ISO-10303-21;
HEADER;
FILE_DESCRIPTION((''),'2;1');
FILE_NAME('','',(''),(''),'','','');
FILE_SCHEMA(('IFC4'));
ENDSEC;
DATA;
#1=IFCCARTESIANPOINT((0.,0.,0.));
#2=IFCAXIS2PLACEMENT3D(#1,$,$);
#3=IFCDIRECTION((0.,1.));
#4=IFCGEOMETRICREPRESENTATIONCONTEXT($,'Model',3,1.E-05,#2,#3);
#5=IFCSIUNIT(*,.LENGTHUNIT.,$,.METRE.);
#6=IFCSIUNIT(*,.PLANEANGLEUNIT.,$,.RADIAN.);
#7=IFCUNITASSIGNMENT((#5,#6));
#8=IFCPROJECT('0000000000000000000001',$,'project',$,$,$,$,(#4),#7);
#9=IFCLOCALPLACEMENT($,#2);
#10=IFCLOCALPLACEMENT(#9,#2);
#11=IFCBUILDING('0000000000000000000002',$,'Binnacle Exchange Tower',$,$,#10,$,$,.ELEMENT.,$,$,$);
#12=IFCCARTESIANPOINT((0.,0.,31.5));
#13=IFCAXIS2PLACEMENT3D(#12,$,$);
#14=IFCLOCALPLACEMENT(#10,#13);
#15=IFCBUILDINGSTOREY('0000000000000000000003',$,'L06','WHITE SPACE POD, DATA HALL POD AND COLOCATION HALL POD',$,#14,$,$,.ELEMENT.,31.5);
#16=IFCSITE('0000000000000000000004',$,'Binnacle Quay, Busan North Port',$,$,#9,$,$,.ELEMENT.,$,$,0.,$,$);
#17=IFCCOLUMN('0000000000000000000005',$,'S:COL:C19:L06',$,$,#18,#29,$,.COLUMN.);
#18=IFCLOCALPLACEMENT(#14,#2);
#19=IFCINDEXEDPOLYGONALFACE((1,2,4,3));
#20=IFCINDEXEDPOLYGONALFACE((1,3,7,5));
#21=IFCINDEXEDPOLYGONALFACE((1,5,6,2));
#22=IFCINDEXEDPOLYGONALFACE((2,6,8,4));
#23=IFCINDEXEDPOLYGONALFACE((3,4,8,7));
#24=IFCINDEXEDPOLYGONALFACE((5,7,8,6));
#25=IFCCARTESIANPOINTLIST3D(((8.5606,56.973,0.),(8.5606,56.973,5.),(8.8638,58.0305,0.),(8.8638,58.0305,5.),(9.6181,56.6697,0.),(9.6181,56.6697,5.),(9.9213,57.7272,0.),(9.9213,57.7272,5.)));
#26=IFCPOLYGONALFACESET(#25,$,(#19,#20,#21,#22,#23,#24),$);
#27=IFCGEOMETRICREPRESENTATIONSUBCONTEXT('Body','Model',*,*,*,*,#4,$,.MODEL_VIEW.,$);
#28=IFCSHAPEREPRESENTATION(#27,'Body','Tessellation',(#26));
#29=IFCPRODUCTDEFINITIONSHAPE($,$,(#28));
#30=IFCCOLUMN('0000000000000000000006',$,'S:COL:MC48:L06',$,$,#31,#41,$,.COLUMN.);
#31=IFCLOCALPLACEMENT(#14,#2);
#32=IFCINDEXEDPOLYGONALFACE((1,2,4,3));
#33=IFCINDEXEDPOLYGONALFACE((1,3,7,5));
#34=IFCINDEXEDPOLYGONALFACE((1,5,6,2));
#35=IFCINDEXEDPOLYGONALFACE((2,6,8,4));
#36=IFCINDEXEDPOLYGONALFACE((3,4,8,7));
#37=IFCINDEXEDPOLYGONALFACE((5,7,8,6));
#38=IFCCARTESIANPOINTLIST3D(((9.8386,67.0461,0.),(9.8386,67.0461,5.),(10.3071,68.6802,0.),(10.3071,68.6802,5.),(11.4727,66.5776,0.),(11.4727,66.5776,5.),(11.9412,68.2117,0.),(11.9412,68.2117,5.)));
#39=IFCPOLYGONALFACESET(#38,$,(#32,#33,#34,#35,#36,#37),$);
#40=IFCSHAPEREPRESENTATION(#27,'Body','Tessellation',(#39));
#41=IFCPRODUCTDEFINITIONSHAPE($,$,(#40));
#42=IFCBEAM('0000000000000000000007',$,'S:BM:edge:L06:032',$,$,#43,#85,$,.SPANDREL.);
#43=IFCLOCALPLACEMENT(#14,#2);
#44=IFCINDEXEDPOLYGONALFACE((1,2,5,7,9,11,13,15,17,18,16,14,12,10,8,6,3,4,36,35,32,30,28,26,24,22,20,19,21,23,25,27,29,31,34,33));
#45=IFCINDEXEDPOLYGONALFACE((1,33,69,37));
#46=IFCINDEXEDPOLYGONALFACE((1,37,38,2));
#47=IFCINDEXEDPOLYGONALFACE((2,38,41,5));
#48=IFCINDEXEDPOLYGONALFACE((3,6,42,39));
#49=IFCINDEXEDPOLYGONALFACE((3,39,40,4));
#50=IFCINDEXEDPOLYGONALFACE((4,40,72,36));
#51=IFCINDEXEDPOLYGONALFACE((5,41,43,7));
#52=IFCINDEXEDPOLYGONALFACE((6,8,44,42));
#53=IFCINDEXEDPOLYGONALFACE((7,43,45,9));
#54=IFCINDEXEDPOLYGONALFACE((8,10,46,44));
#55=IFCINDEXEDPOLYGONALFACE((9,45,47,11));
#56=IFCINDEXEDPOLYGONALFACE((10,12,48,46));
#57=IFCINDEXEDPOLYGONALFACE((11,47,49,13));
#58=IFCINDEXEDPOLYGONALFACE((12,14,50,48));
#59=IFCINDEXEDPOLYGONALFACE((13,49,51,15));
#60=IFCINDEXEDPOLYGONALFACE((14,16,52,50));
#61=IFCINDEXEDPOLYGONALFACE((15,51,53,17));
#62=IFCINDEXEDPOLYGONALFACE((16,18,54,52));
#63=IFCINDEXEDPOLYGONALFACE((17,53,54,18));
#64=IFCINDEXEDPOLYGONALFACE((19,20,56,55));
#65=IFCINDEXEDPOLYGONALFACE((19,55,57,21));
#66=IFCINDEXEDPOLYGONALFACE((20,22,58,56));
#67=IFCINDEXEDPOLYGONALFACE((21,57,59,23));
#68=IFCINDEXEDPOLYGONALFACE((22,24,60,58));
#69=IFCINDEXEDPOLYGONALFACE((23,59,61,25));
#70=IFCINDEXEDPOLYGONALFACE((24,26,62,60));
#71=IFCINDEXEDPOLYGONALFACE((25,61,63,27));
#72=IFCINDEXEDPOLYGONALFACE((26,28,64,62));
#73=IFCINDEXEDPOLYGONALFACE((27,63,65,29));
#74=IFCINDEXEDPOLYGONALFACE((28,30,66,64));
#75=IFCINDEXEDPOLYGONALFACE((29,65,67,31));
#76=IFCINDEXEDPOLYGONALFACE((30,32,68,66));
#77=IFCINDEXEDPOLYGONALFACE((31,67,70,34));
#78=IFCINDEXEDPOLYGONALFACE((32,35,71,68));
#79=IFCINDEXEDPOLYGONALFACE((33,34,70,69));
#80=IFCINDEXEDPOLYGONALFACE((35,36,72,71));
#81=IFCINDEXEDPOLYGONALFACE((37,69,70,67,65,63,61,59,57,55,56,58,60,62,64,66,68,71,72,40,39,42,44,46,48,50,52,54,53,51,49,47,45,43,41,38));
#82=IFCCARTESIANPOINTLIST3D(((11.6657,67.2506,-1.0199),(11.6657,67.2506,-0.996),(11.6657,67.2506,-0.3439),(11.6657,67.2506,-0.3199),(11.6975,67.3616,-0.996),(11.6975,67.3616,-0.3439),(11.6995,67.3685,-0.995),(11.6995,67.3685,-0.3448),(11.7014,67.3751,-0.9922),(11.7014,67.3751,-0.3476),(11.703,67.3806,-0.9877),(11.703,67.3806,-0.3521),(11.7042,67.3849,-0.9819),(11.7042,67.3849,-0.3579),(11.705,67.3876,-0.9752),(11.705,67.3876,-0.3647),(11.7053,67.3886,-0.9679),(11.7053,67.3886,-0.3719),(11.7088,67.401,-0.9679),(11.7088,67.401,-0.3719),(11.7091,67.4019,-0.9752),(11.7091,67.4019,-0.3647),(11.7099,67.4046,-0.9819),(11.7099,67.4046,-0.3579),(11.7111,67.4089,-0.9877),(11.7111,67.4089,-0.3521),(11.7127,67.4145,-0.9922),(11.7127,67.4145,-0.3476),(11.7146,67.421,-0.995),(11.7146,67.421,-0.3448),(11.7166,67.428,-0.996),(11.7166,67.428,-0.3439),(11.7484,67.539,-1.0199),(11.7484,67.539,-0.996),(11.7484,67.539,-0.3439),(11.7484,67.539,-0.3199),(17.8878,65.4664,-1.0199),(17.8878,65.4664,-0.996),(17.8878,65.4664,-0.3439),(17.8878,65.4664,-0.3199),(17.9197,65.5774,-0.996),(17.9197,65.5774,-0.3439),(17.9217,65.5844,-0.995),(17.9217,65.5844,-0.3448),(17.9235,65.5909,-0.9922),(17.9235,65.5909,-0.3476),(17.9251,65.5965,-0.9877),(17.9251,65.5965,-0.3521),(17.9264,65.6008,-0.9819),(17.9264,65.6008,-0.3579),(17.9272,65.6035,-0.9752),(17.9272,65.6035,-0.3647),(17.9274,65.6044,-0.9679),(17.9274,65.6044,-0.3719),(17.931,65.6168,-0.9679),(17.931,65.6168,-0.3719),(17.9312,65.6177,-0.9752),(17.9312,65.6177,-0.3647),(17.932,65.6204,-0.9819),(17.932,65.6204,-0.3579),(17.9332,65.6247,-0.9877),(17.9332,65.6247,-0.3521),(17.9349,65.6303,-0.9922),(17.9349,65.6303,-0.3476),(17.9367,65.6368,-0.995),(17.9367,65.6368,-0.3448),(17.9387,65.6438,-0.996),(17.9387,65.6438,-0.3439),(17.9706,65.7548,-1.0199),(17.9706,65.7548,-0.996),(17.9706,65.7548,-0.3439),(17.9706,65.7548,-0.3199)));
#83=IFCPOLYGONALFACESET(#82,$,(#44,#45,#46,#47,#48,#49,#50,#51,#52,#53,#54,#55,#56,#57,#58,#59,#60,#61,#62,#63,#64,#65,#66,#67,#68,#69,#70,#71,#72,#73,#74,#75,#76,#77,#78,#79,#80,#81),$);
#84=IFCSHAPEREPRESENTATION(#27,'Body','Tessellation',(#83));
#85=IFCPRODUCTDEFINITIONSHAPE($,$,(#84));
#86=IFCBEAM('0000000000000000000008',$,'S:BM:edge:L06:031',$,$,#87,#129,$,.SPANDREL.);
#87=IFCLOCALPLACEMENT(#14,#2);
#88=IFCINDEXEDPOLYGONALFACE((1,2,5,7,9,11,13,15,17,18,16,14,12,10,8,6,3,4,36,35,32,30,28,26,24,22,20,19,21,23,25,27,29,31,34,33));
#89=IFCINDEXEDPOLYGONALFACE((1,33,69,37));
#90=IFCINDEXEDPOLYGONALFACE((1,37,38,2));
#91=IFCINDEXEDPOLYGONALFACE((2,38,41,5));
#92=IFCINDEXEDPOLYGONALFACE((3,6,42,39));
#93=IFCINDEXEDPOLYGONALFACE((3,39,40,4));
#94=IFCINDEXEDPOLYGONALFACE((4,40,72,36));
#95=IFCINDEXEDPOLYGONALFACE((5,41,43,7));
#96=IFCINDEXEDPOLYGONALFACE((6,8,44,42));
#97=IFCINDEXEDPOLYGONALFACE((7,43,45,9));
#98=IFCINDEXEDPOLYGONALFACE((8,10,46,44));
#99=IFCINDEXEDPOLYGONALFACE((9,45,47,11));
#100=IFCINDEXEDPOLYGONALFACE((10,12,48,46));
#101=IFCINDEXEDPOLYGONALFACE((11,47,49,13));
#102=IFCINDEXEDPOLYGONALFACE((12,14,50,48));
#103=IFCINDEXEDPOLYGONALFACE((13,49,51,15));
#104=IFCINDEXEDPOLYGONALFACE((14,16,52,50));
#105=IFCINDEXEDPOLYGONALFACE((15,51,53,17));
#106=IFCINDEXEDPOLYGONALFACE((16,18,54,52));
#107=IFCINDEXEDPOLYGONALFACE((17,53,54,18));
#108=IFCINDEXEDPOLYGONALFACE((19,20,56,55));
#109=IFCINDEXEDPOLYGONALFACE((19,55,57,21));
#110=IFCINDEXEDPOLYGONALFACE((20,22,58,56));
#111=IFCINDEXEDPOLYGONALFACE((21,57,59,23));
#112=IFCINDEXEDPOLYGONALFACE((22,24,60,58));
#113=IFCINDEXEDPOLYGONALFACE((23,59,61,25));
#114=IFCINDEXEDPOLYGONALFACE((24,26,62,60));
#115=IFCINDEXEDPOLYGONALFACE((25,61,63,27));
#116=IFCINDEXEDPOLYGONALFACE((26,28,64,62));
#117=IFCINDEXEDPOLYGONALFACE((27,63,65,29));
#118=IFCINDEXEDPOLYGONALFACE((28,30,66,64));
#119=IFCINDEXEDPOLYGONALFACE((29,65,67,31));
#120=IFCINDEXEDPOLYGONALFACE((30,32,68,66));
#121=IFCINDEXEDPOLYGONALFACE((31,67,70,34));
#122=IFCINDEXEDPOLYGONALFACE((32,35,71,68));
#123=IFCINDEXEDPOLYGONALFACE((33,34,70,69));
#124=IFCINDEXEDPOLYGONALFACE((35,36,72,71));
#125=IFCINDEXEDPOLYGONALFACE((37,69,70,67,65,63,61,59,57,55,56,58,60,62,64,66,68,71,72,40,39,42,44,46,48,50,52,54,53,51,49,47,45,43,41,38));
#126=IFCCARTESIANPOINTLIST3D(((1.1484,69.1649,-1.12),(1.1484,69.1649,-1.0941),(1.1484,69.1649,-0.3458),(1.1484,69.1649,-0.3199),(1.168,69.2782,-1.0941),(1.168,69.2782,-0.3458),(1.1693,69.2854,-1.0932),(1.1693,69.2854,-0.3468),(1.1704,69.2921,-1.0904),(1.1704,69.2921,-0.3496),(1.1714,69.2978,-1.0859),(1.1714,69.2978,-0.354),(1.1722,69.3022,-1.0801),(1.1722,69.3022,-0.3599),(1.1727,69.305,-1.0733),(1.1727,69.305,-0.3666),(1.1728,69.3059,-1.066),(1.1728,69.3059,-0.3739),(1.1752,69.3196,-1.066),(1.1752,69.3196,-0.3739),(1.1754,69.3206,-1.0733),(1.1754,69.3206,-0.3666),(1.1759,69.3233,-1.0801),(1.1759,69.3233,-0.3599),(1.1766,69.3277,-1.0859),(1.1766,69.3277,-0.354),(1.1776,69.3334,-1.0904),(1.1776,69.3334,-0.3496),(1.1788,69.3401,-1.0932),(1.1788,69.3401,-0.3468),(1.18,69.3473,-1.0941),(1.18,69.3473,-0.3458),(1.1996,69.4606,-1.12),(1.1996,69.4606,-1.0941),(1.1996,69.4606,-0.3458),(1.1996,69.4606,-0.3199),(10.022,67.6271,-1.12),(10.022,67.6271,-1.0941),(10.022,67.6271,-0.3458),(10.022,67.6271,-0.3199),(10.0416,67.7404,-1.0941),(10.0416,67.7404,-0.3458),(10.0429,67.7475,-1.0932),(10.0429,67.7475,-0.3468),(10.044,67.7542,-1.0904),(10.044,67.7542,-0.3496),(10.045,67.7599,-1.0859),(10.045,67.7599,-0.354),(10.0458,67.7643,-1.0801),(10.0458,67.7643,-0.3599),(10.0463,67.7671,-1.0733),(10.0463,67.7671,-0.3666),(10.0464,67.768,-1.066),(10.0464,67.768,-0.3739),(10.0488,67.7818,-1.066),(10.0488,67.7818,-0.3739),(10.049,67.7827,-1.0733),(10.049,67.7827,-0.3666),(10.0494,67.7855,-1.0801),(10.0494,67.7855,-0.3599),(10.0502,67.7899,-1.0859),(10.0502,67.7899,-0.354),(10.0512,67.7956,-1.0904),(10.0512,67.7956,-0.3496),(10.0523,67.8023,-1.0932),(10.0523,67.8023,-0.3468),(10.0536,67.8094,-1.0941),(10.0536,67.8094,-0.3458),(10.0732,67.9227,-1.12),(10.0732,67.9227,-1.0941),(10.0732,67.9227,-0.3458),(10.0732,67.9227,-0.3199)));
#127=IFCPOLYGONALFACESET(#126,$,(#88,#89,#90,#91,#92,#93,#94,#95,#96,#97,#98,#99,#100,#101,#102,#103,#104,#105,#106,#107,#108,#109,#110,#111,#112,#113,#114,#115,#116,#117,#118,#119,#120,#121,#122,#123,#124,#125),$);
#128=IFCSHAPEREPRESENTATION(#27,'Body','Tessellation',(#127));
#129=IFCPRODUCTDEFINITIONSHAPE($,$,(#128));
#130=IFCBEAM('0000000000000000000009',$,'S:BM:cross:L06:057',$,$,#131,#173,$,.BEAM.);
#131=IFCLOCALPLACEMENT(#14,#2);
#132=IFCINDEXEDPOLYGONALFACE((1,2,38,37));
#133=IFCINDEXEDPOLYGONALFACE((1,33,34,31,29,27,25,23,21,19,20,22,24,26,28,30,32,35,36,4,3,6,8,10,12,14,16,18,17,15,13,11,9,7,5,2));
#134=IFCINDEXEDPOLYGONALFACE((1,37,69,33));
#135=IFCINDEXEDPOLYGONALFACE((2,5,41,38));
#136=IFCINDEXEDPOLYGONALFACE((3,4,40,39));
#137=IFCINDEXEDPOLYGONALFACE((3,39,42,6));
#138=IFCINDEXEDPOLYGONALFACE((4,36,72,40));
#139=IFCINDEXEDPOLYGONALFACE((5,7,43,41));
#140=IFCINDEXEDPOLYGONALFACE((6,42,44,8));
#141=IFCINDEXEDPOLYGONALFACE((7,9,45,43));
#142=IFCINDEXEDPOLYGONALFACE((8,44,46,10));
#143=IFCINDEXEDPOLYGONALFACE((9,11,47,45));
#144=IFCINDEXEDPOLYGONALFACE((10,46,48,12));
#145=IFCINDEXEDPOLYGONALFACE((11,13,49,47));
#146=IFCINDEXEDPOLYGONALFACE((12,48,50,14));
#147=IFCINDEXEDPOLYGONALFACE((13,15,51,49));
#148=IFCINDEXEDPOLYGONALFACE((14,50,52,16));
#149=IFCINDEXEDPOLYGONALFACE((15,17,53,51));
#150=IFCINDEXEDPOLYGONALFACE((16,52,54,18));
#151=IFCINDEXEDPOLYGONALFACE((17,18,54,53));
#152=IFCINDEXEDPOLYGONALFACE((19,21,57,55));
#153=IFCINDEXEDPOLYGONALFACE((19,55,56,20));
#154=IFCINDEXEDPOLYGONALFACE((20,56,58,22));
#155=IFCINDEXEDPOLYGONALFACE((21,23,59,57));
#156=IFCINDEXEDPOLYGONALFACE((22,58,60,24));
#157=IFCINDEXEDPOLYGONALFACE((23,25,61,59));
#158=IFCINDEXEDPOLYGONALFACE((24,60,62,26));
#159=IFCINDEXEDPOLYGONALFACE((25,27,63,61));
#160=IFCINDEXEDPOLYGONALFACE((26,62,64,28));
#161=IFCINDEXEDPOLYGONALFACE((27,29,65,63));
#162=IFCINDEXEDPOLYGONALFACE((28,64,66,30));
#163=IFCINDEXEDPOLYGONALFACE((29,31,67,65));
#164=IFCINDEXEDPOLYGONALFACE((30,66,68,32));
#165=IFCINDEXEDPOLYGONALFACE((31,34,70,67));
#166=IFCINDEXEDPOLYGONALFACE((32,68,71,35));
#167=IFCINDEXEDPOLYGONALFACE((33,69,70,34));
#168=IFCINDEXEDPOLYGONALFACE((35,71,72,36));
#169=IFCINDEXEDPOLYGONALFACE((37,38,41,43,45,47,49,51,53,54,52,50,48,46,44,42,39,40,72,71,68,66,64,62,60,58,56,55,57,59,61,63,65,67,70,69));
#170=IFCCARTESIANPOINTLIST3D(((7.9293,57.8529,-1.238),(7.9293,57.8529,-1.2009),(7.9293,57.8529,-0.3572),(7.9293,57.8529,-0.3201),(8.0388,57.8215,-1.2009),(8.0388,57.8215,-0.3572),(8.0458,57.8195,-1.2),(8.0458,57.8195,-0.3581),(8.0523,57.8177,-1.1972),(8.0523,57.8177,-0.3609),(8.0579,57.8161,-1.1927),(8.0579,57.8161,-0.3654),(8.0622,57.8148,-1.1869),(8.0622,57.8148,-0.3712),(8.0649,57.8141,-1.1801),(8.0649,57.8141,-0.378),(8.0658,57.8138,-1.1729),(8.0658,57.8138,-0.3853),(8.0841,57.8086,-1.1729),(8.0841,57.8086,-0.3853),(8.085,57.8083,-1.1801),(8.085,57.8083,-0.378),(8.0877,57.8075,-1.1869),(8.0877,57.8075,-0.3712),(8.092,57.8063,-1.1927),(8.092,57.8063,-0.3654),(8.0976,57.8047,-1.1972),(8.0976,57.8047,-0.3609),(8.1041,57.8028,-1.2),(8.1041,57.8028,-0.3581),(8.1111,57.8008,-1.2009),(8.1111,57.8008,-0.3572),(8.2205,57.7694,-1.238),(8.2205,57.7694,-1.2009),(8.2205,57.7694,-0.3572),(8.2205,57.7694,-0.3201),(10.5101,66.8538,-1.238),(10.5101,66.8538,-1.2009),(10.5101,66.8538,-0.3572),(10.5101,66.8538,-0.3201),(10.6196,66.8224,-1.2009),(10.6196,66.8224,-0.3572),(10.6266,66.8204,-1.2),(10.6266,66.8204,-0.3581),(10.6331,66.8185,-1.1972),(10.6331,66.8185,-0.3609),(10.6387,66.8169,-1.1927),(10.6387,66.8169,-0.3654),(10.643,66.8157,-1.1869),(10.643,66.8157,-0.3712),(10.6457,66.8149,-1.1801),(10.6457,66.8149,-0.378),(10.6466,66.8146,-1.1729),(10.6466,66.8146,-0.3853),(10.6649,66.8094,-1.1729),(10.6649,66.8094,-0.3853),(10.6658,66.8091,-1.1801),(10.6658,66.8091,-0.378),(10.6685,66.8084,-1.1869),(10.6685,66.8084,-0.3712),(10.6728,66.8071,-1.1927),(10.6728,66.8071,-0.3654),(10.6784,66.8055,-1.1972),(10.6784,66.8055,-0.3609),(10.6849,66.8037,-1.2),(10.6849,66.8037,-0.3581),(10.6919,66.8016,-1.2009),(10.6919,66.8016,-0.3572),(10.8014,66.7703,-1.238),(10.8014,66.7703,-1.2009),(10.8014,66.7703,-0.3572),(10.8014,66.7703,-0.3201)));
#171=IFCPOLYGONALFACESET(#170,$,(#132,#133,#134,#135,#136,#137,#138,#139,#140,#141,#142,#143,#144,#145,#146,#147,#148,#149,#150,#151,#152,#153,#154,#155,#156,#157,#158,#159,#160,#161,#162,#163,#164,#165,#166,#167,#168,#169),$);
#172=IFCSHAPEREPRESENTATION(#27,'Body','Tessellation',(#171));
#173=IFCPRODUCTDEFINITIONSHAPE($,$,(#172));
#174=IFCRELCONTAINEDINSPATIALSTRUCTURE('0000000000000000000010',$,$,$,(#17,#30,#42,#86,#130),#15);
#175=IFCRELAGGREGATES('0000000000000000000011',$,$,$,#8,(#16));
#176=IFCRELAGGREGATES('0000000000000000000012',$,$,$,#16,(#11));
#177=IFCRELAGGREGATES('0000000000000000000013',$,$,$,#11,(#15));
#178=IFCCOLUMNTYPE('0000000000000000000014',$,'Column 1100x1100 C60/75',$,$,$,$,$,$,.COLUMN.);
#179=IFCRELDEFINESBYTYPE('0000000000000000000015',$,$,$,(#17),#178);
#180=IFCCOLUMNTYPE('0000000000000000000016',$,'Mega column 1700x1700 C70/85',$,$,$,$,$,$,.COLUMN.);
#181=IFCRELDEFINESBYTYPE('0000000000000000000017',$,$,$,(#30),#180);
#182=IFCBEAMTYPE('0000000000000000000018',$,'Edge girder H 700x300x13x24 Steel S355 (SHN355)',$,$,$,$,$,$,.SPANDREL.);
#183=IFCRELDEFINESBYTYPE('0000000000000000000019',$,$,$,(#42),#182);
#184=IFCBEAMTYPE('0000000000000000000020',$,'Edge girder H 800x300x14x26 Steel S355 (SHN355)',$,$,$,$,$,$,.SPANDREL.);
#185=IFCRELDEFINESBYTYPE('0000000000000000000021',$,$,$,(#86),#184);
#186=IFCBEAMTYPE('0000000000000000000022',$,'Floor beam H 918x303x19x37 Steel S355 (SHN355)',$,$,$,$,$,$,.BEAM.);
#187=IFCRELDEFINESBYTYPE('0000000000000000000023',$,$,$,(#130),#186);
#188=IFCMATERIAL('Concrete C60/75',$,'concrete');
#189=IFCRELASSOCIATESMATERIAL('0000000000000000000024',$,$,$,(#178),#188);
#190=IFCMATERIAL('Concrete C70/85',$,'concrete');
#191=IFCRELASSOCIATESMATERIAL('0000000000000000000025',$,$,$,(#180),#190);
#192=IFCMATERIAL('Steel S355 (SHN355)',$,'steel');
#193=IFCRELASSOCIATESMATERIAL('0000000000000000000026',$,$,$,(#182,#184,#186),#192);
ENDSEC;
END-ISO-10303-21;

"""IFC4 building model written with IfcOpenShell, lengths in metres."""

from ifc_helpers import new_model, si_unit, direction, frame, origin, origin_2d, place, context, subcontext, project, spatial, rectangle, i_section, extrude, material, material_profile, profile_set, type_object, element, save


model = new_model("IFC4")

# Units and contexts
model_context = context("Model", 3, precision=1e-05, world=origin(), true_north=direction((0.0, 1.0)))
body_context = subcontext(model_context, "Body", "Model", "MODEL_VIEW")
ifc_project = project(units=[si_unit("LENGTHUNIT", "METRE"), si_unit("PLANEANGLEUNIT", "RADIAN")], contexts=[model_context])

# Site, building, storey
site_placement = place(None, origin())
site = spatial("IfcSite", under=ifc_project, at=site_placement, Name="Binnacle Quay, Busan North Port", CompositionType="ELEMENT", RefElevation=0.0)
building_placement = place(site_placement, origin())
building = spatial("IfcBuilding", under=site, at=building_placement, Name="Binnacle Exchange Tower", CompositionType="ELEMENT")
storey_placement = place(building_placement, frame((0.0, 0.0, 31.5)))
storey = spatial("IfcBuildingStorey", under=building, at=storey_placement, Name="L06", Description="WHITE SPACE POD, DATA HALL POD AND COLOCATION HALL POD", CompositionType="ELEMENT", Elevation=31.5)

# Columns
ifc_material_1 = material(Name="Concrete C60/75", Category="concrete")
ifc_material_profile_1 = material_profile(ifc_material_1, rectangle(XDim=1.1001, YDim=1.1001, at=origin_2d()), Name="Column 1100x1100 C60/75")
ifc_profile_set_1 = profile_set([ifc_material_profile_1], Name="Concrete C60/75")
column_type_1 = type_object("IfcColumnType", Name="Column 1100x1100 C60/75", PredefinedType="COLUMN", material=ifc_profile_set_1)
column_1_placement = place(storey_placement, frame((9.241, 57.3501, 0.0), z_axis=(0.0, 0.0, 1.0), x_axis=(0.961262, -0.275637, 0.0)))
element("IfcColumn", 1, at=column_1_placement, inside=storey, type_object=column_type_1, Name="S:COL:C19:L06", PredefinedType="COLUMN", context=body_context, shape_type="SweptSolid", body=[
    extrude(rectangle(XDim=1.1001, YDim=1.1001, at=origin_2d()), origin(), (0.0, 0.0, 1.0), 5.0),
])
ifc_material_2 = material(Name="Concrete C70/85", Category="concrete")
ifc_material_profile_2 = material_profile(ifc_material_2, rectangle(XDim=1.7, YDim=1.7, at=origin_2d()), Name="Mega column 1700x1700 C70/85")
ifc_profile_set_2 = profile_set([ifc_material_profile_2], Name="Concrete C70/85")
column_type_2 = type_object("IfcColumnType", Name="Mega column 1700x1700 C70/85", PredefinedType="COLUMN", material=ifc_profile_set_2)
column_2_placement = place(storey_placement, frame((10.8899, 67.6289, 0.0), z_axis=(0.0, 0.0, 1.0), x_axis=(-0.961262, 0.275637, 0.0)))
element("IfcColumn", 2, at=column_2_placement, inside=storey, type_object=column_type_2, Name="S:COL:MC48:L06", PredefinedType="COLUMN", context=body_context, shape_type="SweptSolid", body=[
    extrude(rectangle(XDim=1.7, YDim=1.7, at=origin_2d()), origin(), (0.0, 0.0, 1.0), 5.0),
])

# Beams
ifc_material_3 = material(Name="Steel S355 (SHN355)", Category="steel")
ifc_material_profile_3 = material_profile(ifc_material_3, i_section(OverallWidth=0.3, OverallDepth=0.7, WebThickness=0.0129, FlangeThickness=0.0239, FilletRadius=0.0281, at=origin_2d()), Name="H 700x300x13x24")
ifc_profile_set_3 = profile_set([ifc_material_profile_3], Name="Steel S355 (SHN355)")
beam_type_1 = type_object("IfcBeamType", Name="Edge girder H 700x300x13x24 Steel S355 (SHN355)", PredefinedType="SPANDREL", material=ifc_profile_set_3)
beam_1_placement = place(storey_placement, frame((17.9292, 65.6106, -0.6699), z_axis=(-0.961262, 0.275638, 0.0), x_axis=(-0.275638, -0.961262, 0.0)))
element("IfcBeam", 3, at=beam_1_placement, inside=storey, type_object=beam_type_1, Name="S:BM:edge:L06:032", PredefinedType="SPANDREL", context=body_context, shape_type="SweptSolid", body=[
    extrude(i_section(OverallWidth=0.3, OverallDepth=0.7, WebThickness=0.0129, FlangeThickness=0.0239, FilletRadius=0.0281, at=origin_2d()), origin(), (0.0, 0.0, 1.0), 6.4729),
])
ifc_material_profile_4 = material_profile(ifc_material_3, i_section(OverallWidth=0.3, OverallDepth=0.8, WebThickness=0.0139, FlangeThickness=0.0259, FilletRadius=0.0281, at=origin_2d()), Name="H 800x300x14x26")
ifc_profile_set_4 = profile_set([ifc_material_profile_4], Name="Steel S355 (SHN355)")
beam_type_2 = type_object("IfcBeamType", Name="Edge girder H 800x300x14x26 Steel S355 (SHN355)", PredefinedType="SPANDREL", material=ifc_profile_set_4)
beam_2_placement = place(storey_placement, frame((10.0476, 67.7749, -0.72), z_axis=(-0.985312, 0.170761, 0.0), x_axis=(-0.170761, -0.985312, 0.0)))
element("IfcBeam", 4, at=beam_2_placement, inside=storey, type_object=beam_type_2, Name="S:BM:edge:L06:031", PredefinedType="SPANDREL", context=body_context, shape_type="SweptSolid", body=[
    extrude(i_section(OverallWidth=0.3, OverallDepth=0.8, WebThickness=0.0139, FlangeThickness=0.0259, FilletRadius=0.0281, at=origin_2d()), origin(), (0.0, 0.0, 1.0), 9.0059),
])
ifc_material_profile_5 = material_profile(ifc_material_3, i_section(OverallWidth=0.303, OverallDepth=0.918, WebThickness=0.019, FlangeThickness=0.0371, FilletRadius=0.0281, at=origin_2d()), Name="H 918x303x19x37")
ifc_profile_set_5 = profile_set([ifc_material_profile_5], Name="Steel S355 (SHN355)")
beam_type_3 = type_object("IfcBeamType", Name="Floor beam H 918x303x19x37 Steel S355 (SHN355)", PredefinedType="BEAM", material=ifc_profile_set_5)
beam_3_placement = place(storey_placement, frame((10.6558, 66.812, -0.7791), z_axis=(-0.275627, -0.961265, 0.0), x_axis=(0.961265, -0.275627, 0.0)))
element("IfcBeam", 5, at=beam_3_placement, inside=storey, type_object=beam_type_3, Name="S:BM:cross:L06:057", PredefinedType="BEAM", context=body_context, shape_type="SweptSolid", body=[
    extrude(i_section(OverallWidth=0.303, OverallDepth=0.918, WebThickness=0.019, FlangeThickness=0.0371, FilletRadius=0.0281, at=origin_2d()), origin(), (0.0, 0.0, 1.0), 9.3635),
])

save(model, "model.ifc")
